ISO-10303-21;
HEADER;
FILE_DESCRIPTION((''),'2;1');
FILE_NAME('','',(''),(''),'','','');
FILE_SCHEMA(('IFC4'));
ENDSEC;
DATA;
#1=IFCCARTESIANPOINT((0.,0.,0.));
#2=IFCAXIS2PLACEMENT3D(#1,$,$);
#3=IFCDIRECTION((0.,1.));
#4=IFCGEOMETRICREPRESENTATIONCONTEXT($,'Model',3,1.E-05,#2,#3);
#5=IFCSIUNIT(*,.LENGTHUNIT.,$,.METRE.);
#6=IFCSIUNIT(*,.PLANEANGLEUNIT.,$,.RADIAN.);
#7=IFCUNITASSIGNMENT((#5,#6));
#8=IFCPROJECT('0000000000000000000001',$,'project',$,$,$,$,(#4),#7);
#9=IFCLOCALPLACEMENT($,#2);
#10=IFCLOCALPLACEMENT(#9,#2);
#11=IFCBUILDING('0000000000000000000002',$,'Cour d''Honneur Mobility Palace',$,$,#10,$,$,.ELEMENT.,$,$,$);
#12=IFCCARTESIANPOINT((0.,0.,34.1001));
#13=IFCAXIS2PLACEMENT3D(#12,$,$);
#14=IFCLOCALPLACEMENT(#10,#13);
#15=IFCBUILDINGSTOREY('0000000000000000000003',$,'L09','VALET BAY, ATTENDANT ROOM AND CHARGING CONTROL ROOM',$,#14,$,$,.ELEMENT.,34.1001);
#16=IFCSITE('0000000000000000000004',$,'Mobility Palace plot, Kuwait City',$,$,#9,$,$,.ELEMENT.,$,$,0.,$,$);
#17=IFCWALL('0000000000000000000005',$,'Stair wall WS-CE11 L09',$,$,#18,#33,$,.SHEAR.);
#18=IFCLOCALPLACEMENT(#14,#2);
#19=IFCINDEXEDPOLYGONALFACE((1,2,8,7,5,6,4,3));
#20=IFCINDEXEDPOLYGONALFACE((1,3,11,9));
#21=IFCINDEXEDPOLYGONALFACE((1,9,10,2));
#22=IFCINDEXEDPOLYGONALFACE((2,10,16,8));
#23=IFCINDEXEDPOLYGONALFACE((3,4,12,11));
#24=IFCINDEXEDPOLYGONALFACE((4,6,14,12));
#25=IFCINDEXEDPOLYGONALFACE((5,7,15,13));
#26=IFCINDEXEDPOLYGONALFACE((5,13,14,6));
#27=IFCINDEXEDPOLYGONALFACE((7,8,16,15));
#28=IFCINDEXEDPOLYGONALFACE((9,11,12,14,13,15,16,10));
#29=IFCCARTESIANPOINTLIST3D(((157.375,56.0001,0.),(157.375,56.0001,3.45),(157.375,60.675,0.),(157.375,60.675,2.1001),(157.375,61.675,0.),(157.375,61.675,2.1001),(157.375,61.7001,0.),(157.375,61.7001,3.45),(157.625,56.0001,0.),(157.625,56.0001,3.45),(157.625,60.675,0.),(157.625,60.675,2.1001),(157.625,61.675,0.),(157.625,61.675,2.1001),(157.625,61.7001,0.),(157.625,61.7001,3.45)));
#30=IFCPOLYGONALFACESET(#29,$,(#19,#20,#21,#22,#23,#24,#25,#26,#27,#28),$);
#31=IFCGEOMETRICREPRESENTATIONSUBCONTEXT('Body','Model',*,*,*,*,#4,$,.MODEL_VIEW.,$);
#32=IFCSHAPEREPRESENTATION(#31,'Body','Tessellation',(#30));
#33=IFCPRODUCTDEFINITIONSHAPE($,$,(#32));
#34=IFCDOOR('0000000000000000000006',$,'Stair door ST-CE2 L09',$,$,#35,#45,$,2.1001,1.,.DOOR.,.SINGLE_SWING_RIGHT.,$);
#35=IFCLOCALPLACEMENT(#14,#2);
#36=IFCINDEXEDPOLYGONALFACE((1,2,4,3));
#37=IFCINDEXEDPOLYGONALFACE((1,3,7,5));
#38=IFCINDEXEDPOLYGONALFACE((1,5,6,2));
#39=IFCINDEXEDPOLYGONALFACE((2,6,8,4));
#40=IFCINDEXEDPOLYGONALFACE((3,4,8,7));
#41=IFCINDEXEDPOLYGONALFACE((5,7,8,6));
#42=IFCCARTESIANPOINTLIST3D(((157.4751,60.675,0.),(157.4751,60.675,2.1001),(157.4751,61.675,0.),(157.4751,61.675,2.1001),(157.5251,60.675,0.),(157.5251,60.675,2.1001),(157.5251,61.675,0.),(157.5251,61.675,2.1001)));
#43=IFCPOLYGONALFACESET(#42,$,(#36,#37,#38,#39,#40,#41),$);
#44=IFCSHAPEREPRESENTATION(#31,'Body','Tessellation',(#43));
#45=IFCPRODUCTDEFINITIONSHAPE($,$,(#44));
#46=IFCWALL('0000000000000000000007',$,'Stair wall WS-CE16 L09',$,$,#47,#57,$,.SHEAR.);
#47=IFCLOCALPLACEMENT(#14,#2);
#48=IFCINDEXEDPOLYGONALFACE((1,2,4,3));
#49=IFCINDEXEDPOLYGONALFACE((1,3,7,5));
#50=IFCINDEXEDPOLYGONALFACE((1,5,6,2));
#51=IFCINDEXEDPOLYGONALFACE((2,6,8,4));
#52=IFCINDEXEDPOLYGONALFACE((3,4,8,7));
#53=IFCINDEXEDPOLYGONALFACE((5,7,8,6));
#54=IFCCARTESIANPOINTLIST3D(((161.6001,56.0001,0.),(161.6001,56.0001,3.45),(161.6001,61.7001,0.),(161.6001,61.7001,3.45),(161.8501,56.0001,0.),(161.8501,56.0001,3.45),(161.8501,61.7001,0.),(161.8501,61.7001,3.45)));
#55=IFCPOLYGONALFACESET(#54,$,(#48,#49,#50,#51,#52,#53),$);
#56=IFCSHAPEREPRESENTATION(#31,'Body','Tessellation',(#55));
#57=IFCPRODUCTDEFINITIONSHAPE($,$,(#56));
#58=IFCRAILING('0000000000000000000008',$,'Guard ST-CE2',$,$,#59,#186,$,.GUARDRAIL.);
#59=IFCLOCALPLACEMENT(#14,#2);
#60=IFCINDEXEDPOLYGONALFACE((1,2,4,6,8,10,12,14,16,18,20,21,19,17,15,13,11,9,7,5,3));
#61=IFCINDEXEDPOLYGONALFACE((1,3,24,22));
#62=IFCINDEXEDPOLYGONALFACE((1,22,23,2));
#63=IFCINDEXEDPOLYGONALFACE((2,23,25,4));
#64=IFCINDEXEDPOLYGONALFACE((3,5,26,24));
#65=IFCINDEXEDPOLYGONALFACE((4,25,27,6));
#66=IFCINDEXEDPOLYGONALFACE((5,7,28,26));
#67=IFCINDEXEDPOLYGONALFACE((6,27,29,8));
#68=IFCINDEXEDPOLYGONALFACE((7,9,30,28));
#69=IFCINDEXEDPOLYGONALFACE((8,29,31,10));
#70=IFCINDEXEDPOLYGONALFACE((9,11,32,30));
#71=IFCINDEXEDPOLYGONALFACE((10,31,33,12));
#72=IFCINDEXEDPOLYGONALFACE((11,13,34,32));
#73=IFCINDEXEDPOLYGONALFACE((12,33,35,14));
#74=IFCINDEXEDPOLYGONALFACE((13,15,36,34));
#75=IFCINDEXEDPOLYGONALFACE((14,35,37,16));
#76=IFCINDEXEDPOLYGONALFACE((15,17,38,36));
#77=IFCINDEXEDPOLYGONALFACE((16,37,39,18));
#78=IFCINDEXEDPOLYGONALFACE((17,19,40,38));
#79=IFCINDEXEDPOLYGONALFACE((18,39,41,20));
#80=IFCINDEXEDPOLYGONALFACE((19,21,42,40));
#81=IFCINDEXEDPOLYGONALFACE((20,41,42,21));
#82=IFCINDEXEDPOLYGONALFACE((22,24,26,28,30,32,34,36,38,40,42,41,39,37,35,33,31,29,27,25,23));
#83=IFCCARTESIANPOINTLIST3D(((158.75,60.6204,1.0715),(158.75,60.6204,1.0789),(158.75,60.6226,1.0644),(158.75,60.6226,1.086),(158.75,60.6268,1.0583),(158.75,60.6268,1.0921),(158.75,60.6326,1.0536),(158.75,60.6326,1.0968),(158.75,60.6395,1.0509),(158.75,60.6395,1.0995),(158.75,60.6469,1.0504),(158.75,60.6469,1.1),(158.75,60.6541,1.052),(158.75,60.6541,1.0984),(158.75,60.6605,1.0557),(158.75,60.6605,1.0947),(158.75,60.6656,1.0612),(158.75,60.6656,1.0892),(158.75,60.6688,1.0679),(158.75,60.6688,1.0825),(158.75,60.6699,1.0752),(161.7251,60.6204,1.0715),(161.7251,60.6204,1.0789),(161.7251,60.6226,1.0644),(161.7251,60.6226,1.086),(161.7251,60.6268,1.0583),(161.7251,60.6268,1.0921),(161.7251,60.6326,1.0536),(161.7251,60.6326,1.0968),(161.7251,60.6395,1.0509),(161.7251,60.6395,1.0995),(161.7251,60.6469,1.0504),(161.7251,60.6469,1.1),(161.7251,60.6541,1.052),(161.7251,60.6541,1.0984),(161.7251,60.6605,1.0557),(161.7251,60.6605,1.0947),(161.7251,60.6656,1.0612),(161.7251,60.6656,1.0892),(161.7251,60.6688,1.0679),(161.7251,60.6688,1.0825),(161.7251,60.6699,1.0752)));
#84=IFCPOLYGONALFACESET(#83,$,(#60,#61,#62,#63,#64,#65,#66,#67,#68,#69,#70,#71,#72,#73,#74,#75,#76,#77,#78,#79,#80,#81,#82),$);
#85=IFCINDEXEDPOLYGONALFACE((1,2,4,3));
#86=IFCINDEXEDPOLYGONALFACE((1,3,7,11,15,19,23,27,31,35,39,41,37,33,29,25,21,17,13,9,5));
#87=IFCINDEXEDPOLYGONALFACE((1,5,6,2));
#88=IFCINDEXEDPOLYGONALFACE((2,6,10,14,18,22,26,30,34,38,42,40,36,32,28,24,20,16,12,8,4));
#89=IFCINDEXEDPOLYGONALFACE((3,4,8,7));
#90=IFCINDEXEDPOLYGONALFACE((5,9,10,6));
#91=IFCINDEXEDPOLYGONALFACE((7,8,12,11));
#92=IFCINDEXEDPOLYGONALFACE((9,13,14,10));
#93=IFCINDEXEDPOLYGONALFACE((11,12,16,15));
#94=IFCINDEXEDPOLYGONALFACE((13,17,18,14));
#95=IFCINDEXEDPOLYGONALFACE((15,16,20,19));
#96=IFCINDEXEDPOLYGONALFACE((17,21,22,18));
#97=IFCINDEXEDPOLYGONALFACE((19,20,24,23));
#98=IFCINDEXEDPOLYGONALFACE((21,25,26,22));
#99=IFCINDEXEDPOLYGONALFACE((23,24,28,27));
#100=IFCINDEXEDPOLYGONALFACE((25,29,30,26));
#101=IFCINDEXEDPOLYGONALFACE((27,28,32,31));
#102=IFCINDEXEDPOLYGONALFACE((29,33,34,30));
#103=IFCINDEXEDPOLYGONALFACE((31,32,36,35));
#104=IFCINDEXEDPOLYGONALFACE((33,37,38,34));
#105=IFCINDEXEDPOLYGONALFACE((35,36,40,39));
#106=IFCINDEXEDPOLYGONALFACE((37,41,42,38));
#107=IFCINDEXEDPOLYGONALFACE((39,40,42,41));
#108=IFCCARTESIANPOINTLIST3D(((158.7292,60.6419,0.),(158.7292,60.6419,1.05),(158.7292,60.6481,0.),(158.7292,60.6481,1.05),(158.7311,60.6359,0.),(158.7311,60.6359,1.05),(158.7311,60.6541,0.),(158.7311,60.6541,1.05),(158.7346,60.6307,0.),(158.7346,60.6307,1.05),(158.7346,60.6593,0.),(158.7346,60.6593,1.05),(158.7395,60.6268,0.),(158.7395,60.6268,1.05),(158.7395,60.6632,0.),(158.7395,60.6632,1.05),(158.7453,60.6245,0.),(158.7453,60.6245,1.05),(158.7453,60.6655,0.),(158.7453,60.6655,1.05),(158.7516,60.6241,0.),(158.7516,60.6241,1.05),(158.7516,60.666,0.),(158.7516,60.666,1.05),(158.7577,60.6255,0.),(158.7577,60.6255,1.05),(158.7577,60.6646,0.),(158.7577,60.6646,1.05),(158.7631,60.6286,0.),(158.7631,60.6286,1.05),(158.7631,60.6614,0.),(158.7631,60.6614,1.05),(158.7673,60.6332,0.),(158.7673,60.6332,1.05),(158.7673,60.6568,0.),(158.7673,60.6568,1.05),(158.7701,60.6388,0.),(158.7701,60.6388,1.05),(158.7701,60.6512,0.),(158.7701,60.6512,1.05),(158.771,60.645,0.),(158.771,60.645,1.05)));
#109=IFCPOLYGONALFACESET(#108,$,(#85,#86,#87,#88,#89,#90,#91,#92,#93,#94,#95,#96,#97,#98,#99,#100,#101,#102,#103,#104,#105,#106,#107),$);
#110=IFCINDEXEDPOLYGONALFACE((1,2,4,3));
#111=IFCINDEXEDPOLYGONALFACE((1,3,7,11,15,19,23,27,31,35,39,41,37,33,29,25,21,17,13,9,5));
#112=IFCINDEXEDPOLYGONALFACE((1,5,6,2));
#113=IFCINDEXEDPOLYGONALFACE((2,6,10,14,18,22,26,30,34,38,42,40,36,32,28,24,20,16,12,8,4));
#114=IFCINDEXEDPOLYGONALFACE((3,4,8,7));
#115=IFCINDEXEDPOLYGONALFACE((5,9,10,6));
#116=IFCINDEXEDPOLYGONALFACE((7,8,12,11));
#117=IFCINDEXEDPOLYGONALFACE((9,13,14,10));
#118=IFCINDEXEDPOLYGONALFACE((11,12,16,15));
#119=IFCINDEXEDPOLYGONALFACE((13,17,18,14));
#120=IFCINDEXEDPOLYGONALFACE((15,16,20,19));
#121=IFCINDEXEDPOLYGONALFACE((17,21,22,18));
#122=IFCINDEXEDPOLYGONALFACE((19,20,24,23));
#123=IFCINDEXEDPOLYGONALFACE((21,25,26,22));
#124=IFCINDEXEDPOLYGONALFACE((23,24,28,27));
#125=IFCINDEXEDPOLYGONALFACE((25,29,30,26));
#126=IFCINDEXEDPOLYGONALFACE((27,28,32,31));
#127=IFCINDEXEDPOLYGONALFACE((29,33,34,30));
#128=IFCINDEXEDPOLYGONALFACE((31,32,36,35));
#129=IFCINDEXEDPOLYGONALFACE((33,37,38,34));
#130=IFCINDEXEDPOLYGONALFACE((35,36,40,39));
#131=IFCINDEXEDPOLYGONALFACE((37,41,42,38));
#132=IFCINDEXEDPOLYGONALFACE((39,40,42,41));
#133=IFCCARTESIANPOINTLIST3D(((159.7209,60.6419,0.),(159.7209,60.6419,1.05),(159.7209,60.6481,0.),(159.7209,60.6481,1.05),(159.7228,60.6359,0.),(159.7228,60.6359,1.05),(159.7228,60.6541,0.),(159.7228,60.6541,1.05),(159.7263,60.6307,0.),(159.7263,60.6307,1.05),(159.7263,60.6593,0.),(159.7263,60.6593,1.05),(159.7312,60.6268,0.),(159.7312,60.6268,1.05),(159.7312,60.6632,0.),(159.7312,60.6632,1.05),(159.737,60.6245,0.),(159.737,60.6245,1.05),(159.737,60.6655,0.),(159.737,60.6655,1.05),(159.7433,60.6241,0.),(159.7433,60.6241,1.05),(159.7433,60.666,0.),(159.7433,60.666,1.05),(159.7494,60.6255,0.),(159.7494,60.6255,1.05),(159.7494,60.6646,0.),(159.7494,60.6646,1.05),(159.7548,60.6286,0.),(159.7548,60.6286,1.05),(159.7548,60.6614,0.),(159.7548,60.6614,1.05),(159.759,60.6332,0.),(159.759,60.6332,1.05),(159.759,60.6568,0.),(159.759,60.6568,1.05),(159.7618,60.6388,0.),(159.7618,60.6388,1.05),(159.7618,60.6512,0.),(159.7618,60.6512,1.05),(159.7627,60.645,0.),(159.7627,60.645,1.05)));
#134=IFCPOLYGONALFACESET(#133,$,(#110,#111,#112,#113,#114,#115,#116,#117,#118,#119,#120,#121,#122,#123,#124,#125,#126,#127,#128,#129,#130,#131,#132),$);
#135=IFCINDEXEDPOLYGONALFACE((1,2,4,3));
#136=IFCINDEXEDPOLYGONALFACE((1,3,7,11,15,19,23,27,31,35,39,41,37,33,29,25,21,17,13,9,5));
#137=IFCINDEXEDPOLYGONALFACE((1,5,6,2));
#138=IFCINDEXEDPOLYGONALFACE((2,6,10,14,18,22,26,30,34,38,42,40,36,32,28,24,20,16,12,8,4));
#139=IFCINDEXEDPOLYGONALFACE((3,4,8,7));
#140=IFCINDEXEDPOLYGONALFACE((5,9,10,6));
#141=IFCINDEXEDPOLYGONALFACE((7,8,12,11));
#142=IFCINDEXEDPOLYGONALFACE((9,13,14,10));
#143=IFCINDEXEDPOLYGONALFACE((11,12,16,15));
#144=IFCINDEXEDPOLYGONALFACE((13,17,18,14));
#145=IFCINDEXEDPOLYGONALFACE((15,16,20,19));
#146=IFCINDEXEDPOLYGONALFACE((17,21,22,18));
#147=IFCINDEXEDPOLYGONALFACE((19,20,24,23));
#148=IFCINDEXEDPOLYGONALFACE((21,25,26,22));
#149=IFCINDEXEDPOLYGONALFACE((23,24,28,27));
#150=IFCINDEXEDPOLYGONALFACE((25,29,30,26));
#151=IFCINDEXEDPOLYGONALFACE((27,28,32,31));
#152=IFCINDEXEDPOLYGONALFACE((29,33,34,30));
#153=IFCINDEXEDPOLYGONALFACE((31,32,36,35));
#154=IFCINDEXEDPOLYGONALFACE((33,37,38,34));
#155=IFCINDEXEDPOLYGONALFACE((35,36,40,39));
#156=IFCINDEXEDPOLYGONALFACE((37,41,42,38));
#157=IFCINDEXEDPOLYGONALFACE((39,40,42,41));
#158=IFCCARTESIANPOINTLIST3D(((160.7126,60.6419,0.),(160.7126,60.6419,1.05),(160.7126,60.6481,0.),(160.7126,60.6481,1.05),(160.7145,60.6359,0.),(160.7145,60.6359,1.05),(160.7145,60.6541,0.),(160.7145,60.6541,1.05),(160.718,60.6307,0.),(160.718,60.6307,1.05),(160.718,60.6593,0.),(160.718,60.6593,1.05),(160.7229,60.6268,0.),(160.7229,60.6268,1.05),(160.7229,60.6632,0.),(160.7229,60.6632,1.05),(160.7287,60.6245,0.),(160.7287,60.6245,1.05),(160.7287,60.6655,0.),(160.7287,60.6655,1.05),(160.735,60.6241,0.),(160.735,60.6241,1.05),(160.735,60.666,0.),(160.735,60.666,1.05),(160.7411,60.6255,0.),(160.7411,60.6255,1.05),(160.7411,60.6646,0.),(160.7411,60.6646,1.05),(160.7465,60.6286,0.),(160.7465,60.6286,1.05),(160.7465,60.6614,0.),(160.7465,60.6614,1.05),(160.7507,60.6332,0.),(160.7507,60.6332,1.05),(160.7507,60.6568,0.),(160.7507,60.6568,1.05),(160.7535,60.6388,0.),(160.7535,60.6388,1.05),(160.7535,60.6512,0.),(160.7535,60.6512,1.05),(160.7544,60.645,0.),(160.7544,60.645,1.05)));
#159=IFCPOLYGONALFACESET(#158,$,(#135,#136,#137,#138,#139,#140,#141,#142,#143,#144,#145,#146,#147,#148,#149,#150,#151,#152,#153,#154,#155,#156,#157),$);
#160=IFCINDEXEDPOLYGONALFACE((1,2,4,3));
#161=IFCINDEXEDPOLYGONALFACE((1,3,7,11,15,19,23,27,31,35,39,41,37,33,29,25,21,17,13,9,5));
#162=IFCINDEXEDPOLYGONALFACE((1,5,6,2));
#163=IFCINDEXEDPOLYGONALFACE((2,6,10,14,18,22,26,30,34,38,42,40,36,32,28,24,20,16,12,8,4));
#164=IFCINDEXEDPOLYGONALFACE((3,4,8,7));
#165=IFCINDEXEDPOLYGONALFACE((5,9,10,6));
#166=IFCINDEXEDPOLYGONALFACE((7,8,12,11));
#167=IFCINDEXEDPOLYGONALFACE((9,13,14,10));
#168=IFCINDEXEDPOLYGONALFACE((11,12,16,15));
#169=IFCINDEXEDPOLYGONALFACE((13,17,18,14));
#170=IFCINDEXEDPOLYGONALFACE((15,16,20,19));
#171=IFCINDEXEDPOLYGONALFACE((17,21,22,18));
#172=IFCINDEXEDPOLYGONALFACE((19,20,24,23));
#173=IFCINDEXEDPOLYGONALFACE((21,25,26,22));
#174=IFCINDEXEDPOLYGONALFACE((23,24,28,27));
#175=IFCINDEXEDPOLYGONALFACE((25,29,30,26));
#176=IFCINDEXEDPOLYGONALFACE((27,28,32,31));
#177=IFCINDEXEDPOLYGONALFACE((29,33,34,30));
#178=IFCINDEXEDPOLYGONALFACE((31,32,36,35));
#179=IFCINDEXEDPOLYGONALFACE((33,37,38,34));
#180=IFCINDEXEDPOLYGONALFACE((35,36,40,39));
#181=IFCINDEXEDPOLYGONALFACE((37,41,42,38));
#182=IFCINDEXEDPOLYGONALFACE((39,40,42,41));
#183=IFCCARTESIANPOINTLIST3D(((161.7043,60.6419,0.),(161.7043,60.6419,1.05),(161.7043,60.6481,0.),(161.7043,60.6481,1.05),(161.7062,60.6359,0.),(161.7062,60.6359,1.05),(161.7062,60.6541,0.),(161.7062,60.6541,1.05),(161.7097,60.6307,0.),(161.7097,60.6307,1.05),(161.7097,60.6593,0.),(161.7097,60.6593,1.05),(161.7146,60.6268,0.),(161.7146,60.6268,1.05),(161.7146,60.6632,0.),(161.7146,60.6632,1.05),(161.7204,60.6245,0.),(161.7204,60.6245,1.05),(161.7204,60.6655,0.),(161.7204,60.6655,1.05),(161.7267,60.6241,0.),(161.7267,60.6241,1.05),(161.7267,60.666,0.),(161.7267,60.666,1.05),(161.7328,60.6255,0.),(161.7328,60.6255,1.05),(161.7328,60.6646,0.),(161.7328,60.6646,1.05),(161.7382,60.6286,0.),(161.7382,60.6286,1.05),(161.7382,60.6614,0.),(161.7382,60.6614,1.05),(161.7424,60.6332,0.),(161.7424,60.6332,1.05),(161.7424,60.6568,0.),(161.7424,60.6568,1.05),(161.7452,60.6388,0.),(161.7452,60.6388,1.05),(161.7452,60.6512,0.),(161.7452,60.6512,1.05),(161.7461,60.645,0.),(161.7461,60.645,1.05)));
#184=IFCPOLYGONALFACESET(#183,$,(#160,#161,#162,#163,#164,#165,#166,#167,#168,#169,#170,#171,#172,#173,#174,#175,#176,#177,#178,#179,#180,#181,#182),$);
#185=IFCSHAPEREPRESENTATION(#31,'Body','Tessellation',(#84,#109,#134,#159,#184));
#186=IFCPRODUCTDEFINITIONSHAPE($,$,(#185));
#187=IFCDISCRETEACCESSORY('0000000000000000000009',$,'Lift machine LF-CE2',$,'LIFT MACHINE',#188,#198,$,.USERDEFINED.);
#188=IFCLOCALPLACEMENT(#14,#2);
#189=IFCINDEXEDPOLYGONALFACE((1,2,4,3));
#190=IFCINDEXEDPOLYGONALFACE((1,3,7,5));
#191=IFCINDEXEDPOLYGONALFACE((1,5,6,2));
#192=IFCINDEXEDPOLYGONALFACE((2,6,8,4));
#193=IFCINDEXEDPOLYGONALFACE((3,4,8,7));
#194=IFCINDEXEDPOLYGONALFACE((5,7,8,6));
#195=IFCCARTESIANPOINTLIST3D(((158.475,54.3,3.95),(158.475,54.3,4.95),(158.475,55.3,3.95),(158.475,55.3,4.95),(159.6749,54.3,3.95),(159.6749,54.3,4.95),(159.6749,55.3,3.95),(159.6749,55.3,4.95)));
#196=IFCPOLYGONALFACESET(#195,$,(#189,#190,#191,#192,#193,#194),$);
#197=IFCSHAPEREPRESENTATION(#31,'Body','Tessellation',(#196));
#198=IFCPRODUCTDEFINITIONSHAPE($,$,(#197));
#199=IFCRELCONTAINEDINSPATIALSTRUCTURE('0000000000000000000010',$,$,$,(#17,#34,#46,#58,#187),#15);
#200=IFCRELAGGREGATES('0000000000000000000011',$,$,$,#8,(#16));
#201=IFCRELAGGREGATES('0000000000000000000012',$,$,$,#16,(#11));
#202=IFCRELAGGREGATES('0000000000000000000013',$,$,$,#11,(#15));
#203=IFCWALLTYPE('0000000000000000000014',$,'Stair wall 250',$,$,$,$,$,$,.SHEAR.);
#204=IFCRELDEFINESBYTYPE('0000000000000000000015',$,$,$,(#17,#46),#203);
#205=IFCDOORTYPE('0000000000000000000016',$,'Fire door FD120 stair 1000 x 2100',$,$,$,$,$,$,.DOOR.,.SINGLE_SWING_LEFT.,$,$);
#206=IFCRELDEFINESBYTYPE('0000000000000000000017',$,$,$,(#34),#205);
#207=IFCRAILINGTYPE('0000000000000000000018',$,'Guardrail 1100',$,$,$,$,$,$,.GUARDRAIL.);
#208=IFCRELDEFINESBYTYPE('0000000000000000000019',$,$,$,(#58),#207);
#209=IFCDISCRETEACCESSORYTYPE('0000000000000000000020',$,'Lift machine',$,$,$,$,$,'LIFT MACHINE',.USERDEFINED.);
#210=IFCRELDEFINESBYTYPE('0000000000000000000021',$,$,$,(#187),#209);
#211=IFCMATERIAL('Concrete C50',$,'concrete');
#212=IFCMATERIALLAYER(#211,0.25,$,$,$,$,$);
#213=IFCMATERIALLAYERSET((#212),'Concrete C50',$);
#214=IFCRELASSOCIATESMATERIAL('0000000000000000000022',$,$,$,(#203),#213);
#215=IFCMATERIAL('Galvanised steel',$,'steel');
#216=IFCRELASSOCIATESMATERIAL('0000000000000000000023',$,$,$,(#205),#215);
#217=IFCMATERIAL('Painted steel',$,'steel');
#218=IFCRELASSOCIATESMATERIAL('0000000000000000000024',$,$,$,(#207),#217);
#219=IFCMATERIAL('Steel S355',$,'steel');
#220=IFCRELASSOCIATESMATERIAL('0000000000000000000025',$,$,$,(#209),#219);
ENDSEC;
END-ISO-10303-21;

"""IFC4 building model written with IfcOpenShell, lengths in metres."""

from ifc_helpers import new_model, si_unit, direction, frame, frame_2d, origin, origin_2d, place, context, subcontext, project, spatial, rectangle, circle, extrude, material, layer, layer_set, type_object, element, fill, save


model = new_model("IFC4")

# Units and contexts
model_context = context("Model", 3, precision=1e-05, world=origin(), true_north=direction((0.0, 1.0)))
body_context = subcontext(model_context, "Body", "Model", "MODEL_VIEW")
ifc_project = project(units=[si_unit("LENGTHUNIT", "METRE"), si_unit("PLANEANGLEUNIT", "RADIAN")], contexts=[model_context])

# Site, building, storey
site_placement = place(None, origin())
site = spatial("IfcSite", under=ifc_project, at=site_placement, Name="Mobility Palace plot, Kuwait City", CompositionType="ELEMENT", RefElevation=0.0)
building_placement = place(site_placement, origin())
building = spatial("IfcBuilding", under=site, at=building_placement, Name="Cour d'Honneur Mobility Palace", CompositionType="ELEMENT")
storey_placement = place(building_placement, frame((0.0, 0.0, 34.1001)))
storey = spatial("IfcBuildingStorey", under=building, at=storey_placement, Name="L09", Description="VALET BAY, ATTENDANT ROOM AND CHARGING CONTROL ROOM", CompositionType="ELEMENT", Elevation=34.1001)

# Shared definitions
ifc_material_1 = material(Name="Concrete C50", Category="concrete")
ifc_layer_1 = layer(ifc_material_1, 0.25)
ifc_layer_set_1 = layer_set([ifc_layer_1], Name="Concrete C50")
wall_type_1 = type_object("IfcWallType", Name="Stair wall 250", PredefinedType="SHEAR", material=ifc_layer_set_1)

# Wall, opening, door
wall_1_placement = place(storey_placement, frame((157.5, 56.0, 0.0), z_axis=(0.0, 0.0, 1.0), x_axis=(0.0, 1.0, 0.0)))
wall_1 = element("IfcWall", 1, at=wall_1_placement, inside=storey, type_object=wall_type_1, Name="Stair wall WS-CE11 L09", PredefinedType="SHEAR", context=body_context, shape_type="SweptSolid", body=[
    extrude(rectangle(XDim=5.7, YDim=0.25, at=frame_2d((2.8501, 0.0))), origin(), (0.0, 0.0, 1.0), 3.45),
])
opening_placement = place(wall_1_placement, frame((4.675, 0.0, 0.0)))
opening = element("IfcOpeningElement", 2, at=opening_placement, cuts=wall_1, PredefinedType="OPENING", context=body_context, shape_type="SweptSolid", body=[
    extrude(rectangle(XDim=1.0, YDim=2.1001, at=frame_2d((0.5, 1.05))), frame((0.0, 0.135, 0.0), z_axis=(0.0, -1.0, 0.0), x_axis=(1.0, 0.0, 0.0)), (0.0, 0.0, 1.0), 0.27),
])
ifc_material_2 = material(Name="Galvanised steel", Category="steel")
door_type = type_object("IfcDoorType", Name="Fire door FD120 stair 1000 x 2100", OperationType="SINGLE_SWING_LEFT", PredefinedType="DOOR", material=ifc_material_2)
door_placement = place(opening_placement, origin())
door = element("IfcDoor", 3, at=door_placement, inside=storey, type_object=door_type, Name="Stair door ST-CE2 L09", OperationType="SINGLE_SWING_RIGHT", OverallHeight=2.1001, OverallWidth=1.0, PredefinedType="DOOR", context=body_context, shape_type="SweptSolid", body=[
    extrude(rectangle(XDim=1.0, YDim=2.1001, at=frame_2d((0.5, 1.05))), frame((0.0, 0.0249, 0.0), z_axis=(0.0, -1.0, 0.0), x_axis=(1.0, 0.0, 0.0)), (0.0, 0.0, 1.0), 0.05),
])
fill(opening, door)

# Wall
wall_2_placement = place(storey_placement, frame((161.7251, 56.0, 0.0), z_axis=(0.0, 0.0, 1.0), x_axis=(0.0, 1.0, 0.0)))
element("IfcWall", 4, at=wall_2_placement, inside=storey, type_object=wall_type_1, Name="Stair wall WS-CE16 L09", PredefinedType="SHEAR", context=body_context, shape_type="SweptSolid", body=[
    extrude(rectangle(XDim=5.7, YDim=0.25, at=frame_2d((2.8501, 0.0))), origin(), (0.0, 0.0, 1.0), 3.45),
])

# Railing
ifc_material_3 = material(Name="Painted steel", Category="steel")
railing_type_1 = type_object("IfcRailingType", Name="Guardrail 1100", PredefinedType="GUARDRAIL", material=ifc_material_3)
railing_1_placement = place(storey_placement, frame((158.75, 60.645, 0.0)))
element("IfcRailing", 5, at=railing_1_placement, inside=storey, type_object=railing_type_1, Name="Guard ST-CE2", PredefinedType="GUARDRAIL", context=body_context, shape_type="SweptSolid", body=[
    extrude(circle(Radius=0.0249, at=origin_2d()), frame((0.0, 0.0, 1.0752), z_axis=(1.0, 0.0, 0.0), x_axis=(0.0, 1.0, 0.0)), (0.0, 0.0, 1.0), 2.9751),
    extrude(circle(Radius=0.021, at=origin_2d()), origin(), (0.0, 0.0, 1.0), 1.05),
    extrude(circle(Radius=0.021, at=origin_2d()), frame((0.9917, 0.0, 0.0)), (0.0, 0.0, 1.0), 1.05),
    extrude(circle(Radius=0.021, at=origin_2d()), frame((1.9834, 0.0, 0.0)), (0.0, 0.0, 1.0), 1.05),
    extrude(circle(Radius=0.021, at=origin_2d()), frame((2.9751, 0.0, 0.0)), (0.0, 0.0, 1.0), 1.05),
])

# Discrete accessory
ifc_material_4 = material(Name="Steel S355", Category="steel")
discrete_accessory_type = type_object("IfcDiscreteAccessoryType", Name="Lift machine", ElementType="LIFT MACHINE", PredefinedType="USERDEFINED", material=ifc_material_4)
discrete_accessory_placement = place(storey_placement, frame((159.075, 54.8, 3.95), z_axis=(0.0, 0.0, 1.0), x_axis=(1.0, 0.0, 0.0)))
element("IfcDiscreteAccessory", 6, at=discrete_accessory_placement, inside=storey, type_object=discrete_accessory_type, Name="Lift machine LF-CE2", ObjectType="LIFT MACHINE", PredefinedType="USERDEFINED", context=body_context, shape_type="SweptSolid", body=[
    extrude(rectangle(XDim=1.2, YDim=1.0, at=origin_2d()), origin(), (0.0, 0.0, 1.0), 1.0),
])

save(model, "model.ifc")
